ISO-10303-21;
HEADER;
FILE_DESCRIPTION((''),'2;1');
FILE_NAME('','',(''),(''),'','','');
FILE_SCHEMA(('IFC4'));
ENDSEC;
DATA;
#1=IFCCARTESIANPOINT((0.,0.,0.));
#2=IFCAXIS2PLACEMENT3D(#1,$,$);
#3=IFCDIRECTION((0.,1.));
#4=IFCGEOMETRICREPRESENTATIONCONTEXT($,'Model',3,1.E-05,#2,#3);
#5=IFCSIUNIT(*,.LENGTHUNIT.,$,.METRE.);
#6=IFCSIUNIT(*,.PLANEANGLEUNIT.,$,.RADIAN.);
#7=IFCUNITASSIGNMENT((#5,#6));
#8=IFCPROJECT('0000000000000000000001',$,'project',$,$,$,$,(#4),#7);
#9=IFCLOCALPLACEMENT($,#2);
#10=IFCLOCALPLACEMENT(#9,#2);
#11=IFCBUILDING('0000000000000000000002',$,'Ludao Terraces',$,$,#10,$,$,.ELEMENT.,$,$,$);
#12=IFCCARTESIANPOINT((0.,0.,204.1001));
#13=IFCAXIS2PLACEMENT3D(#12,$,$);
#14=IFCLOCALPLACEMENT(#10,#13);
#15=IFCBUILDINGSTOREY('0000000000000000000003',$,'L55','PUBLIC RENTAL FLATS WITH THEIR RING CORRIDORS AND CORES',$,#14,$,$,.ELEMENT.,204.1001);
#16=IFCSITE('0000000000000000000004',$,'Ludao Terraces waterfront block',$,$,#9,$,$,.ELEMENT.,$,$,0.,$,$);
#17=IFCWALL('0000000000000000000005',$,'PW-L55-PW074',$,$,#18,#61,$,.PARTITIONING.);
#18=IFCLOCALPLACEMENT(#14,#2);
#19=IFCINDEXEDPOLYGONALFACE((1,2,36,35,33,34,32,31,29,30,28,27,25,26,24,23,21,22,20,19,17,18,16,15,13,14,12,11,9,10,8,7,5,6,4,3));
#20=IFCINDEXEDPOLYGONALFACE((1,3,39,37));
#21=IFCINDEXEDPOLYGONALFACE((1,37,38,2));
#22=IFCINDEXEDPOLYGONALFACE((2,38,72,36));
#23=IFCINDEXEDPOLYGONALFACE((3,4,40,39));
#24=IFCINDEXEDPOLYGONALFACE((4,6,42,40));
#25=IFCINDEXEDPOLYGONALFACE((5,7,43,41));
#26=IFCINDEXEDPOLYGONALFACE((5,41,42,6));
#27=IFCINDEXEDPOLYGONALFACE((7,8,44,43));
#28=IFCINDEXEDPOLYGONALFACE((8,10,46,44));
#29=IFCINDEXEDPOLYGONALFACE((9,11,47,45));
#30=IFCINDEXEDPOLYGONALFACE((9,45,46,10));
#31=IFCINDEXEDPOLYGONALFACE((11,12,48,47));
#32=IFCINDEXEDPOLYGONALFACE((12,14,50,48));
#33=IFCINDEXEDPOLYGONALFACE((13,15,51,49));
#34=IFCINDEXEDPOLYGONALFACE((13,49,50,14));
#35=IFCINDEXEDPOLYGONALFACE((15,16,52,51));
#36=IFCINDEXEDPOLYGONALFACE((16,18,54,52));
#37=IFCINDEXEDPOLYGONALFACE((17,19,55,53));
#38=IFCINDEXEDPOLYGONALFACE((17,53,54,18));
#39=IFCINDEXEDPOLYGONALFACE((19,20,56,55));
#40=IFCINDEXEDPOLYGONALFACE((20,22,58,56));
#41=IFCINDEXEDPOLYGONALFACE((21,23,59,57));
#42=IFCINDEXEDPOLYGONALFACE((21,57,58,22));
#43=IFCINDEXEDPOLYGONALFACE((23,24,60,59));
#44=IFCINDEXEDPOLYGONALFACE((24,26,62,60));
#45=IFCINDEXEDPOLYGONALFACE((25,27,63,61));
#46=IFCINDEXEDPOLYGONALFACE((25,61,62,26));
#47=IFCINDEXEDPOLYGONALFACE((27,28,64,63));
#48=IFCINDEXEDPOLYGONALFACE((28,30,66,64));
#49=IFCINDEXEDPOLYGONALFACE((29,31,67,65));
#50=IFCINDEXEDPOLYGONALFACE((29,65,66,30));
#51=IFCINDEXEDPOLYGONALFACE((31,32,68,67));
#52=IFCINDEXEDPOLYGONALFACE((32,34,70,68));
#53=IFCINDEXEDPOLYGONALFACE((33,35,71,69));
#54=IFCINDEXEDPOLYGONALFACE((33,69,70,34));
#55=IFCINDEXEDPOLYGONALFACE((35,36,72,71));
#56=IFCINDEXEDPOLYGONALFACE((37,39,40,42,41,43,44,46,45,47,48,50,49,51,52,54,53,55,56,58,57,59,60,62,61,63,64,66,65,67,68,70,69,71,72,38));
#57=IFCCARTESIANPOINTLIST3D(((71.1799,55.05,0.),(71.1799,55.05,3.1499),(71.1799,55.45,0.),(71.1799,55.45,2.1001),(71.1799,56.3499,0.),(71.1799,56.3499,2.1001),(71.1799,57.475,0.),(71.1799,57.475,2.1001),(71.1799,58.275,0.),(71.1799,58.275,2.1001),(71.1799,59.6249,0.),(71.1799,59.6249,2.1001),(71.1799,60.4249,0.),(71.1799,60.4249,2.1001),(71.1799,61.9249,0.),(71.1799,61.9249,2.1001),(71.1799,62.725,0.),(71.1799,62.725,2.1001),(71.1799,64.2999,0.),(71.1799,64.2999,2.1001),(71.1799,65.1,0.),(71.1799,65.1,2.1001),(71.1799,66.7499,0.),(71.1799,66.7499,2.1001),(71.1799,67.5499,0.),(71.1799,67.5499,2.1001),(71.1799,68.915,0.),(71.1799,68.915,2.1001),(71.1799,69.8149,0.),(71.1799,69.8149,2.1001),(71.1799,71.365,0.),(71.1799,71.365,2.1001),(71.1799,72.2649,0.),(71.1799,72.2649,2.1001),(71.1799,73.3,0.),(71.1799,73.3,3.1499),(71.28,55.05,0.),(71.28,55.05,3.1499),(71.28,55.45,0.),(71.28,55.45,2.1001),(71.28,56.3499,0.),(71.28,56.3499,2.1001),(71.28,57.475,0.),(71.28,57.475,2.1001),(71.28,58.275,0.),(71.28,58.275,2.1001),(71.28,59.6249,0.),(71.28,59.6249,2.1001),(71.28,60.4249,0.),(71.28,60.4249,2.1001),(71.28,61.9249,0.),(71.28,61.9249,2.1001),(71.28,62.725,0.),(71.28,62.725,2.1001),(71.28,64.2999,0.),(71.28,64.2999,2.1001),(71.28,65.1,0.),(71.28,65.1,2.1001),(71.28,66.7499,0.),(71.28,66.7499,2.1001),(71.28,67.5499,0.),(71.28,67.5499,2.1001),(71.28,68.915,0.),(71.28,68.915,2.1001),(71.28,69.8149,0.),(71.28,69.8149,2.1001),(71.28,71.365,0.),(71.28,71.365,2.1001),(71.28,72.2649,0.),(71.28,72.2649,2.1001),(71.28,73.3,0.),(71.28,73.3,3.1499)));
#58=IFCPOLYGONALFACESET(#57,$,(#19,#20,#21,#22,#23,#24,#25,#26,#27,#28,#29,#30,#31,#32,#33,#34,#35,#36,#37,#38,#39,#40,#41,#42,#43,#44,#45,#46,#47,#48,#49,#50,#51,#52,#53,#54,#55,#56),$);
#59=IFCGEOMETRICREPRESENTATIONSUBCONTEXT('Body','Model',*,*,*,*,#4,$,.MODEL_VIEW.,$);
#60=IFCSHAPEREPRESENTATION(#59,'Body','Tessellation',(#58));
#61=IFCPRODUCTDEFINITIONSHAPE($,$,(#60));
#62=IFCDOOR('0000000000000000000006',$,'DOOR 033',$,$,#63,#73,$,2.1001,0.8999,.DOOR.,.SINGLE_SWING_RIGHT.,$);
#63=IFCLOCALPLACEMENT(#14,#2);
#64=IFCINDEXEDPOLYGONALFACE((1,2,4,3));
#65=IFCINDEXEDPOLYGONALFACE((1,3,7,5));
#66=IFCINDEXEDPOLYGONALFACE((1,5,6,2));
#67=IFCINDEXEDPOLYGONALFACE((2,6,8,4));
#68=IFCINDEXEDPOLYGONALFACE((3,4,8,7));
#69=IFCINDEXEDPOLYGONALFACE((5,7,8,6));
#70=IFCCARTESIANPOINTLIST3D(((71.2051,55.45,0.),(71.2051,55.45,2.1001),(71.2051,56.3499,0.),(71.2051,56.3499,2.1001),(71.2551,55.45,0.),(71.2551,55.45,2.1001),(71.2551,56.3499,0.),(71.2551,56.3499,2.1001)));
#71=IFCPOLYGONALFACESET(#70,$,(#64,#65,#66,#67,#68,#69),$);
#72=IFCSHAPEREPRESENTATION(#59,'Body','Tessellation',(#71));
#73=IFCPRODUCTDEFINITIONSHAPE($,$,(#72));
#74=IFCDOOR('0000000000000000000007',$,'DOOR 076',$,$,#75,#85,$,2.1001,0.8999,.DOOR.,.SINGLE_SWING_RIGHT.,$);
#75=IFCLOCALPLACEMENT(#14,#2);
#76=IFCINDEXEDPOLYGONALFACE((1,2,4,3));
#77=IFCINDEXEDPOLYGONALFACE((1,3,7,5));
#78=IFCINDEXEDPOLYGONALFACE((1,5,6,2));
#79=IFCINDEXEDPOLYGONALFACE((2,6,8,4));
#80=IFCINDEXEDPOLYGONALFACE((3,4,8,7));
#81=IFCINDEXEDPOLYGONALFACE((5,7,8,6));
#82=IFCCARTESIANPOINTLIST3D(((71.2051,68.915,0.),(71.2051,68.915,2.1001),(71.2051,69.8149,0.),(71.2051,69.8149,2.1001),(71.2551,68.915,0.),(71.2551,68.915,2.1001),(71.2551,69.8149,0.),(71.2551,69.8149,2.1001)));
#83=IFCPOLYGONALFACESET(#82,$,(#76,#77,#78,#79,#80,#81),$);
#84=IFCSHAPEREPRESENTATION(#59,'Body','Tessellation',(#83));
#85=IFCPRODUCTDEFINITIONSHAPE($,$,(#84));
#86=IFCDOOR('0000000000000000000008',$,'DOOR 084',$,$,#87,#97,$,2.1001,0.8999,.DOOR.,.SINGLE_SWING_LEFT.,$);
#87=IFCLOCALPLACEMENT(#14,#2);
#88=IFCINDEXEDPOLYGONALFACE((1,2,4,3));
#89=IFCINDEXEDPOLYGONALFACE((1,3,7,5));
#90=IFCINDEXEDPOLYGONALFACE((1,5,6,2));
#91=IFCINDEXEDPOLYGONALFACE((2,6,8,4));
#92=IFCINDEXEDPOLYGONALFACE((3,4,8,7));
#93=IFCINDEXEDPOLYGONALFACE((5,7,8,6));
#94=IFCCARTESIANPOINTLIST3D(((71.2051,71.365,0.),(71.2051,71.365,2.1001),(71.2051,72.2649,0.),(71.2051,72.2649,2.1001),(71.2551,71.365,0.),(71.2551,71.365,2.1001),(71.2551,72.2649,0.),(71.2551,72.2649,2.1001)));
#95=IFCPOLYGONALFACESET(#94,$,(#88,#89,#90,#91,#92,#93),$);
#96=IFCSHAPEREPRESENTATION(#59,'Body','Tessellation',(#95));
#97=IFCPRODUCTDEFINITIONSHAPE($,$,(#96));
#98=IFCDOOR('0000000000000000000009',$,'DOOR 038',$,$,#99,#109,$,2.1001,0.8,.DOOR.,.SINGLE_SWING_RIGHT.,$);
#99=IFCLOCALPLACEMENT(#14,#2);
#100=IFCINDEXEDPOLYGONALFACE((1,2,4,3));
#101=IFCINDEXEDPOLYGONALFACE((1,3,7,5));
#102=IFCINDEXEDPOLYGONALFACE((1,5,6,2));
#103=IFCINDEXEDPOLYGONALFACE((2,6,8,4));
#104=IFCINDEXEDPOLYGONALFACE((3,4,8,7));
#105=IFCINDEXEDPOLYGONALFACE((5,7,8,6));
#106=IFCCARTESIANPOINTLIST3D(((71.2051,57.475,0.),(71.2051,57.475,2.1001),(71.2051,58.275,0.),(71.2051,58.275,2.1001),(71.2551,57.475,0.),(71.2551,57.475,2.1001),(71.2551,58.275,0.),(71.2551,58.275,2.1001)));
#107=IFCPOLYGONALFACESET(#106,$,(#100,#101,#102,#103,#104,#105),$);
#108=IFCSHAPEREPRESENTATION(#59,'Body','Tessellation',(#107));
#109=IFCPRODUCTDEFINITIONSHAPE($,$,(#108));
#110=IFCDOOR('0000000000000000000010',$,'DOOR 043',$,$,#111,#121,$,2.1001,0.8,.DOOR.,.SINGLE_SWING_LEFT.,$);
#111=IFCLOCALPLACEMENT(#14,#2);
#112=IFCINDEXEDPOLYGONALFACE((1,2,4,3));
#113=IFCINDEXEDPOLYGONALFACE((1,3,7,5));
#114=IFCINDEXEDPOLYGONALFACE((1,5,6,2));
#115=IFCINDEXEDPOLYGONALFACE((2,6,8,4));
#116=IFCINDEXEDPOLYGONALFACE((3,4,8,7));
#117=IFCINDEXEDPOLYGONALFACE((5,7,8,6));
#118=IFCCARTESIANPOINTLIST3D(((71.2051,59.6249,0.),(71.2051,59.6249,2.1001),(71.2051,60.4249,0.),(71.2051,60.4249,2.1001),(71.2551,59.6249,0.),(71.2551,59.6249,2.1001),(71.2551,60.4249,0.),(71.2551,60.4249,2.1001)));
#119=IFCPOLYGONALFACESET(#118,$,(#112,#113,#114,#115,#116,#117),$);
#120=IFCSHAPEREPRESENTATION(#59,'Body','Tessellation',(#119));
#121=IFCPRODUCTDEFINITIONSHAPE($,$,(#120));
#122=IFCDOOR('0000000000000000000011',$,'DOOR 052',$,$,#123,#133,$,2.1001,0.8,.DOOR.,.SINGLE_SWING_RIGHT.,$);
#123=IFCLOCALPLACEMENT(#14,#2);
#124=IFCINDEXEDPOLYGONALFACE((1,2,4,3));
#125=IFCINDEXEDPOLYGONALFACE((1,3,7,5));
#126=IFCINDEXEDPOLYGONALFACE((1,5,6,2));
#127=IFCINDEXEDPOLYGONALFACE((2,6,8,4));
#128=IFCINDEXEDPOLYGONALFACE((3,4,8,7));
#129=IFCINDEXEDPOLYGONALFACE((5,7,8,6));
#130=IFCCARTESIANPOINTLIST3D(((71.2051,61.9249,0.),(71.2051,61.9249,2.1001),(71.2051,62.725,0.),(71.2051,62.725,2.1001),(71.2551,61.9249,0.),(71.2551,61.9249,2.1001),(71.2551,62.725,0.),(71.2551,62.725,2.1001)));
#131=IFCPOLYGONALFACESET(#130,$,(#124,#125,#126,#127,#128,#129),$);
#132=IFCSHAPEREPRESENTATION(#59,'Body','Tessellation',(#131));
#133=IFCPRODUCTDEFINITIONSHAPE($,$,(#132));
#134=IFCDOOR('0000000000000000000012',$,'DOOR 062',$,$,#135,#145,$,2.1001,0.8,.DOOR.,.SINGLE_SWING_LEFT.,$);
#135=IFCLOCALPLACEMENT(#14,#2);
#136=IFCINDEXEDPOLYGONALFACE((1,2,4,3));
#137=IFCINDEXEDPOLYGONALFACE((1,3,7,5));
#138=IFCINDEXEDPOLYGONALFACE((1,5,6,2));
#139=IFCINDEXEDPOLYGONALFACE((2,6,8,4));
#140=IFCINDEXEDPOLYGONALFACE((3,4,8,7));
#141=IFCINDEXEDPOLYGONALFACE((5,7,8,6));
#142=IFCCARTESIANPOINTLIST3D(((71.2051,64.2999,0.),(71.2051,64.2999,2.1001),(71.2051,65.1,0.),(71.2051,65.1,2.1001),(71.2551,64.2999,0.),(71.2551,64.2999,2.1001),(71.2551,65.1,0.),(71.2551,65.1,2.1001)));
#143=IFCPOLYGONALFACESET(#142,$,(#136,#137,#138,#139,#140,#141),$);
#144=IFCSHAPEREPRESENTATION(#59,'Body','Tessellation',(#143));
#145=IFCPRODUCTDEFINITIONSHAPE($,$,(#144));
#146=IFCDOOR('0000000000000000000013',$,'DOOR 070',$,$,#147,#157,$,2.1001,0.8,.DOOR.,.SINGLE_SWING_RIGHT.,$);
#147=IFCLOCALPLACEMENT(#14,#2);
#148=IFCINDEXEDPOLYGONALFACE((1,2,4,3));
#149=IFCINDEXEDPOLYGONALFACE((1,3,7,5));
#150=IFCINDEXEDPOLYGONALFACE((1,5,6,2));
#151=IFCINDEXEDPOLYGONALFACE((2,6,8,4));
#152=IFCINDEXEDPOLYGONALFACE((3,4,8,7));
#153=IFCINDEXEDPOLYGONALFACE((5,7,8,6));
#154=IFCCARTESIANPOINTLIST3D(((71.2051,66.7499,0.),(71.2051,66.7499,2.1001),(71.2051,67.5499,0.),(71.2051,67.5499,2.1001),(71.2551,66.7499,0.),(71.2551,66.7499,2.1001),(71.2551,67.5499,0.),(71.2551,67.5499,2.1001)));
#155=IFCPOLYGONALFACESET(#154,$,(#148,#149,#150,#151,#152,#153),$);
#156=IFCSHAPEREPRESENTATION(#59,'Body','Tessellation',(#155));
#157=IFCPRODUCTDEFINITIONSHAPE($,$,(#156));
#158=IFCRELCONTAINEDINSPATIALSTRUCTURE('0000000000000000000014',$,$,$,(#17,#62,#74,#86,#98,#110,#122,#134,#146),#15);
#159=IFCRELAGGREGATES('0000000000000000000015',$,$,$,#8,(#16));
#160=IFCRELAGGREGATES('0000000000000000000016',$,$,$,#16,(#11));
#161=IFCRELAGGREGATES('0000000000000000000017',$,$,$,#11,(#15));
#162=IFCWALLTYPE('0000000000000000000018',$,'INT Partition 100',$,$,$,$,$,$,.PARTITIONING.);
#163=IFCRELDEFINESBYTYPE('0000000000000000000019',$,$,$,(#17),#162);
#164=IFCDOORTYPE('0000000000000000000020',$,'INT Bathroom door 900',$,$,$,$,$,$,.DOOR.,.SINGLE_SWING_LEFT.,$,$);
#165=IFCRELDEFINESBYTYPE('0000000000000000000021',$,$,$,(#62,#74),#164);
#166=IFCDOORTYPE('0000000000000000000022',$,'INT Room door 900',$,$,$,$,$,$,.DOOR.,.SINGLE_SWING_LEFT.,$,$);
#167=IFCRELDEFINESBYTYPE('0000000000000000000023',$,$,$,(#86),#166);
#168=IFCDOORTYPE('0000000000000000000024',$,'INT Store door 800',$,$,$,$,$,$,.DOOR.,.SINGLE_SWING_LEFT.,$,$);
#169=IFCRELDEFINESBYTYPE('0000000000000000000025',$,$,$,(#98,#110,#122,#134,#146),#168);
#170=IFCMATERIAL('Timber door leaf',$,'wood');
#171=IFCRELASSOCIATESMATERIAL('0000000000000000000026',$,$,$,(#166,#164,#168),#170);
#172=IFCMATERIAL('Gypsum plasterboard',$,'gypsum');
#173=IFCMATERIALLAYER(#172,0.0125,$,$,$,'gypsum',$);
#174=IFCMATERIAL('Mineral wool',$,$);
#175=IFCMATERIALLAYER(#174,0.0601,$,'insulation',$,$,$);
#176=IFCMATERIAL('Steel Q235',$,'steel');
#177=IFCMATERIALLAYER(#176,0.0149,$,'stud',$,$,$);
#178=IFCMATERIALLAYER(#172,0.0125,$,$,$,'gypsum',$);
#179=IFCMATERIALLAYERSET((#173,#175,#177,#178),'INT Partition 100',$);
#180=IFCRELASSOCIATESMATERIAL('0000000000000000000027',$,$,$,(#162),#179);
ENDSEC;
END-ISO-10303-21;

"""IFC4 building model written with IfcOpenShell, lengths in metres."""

from ifc_helpers import new_model, si_unit, direction, frame, frame_2d, origin, place, context, subcontext, project, spatial, rectangle, extrude, material, layer, layer_set, type_object, element, fill, save


model = new_model("IFC4")

# Units and contexts
model_context = context("Model", 3, precision=1e-05, world=origin(), true_north=direction((0.0, 1.0)))
body_context = subcontext(model_context, "Body", "Model", "MODEL_VIEW")
ifc_project = project(units=[si_unit("LENGTHUNIT", "METRE"), si_unit("PLANEANGLEUNIT", "RADIAN")], contexts=[model_context])

# Site, building, storey
site_placement = place(None, origin())
site = spatial("IfcSite", under=ifc_project, at=site_placement, Name="Ludao Terraces waterfront block", CompositionType="ELEMENT", RefElevation=0.0)
building_placement = place(site_placement, origin())
building = spatial("IfcBuilding", under=site, at=building_placement, Name="Ludao Terraces", CompositionType="ELEMENT")
storey_placement = place(building_placement, frame((0.0, 0.0, 204.1001)))
storey = spatial("IfcBuildingStorey", under=building, at=storey_placement, Name="L55", Description="PUBLIC RENTAL FLATS WITH THEIR RING CORRIDORS AND CORES", CompositionType="ELEMENT", Elevation=204.1001)

# Shared definitions
ifc_material_1 = material(Name="Steel Q235", Category="steel")
ifc_material_2 = material(Name="Timber door leaf", Category="wood")
door_type_1 = type_object("IfcDoorType", Name="INT Room door 900", OperationType="SINGLE_SWING_LEFT", PredefinedType="DOOR", material=ifc_material_2)

# Shared definitions
ifc_material_3 = material(Name="Gypsum plasterboard", Category="gypsum")
ifc_layer_1 = layer(ifc_material_3, 0.0125, Category="gypsum")
ifc_material_4 = material(Name="Mineral wool")
ifc_layer_2 = layer(ifc_material_4, 0.0601, Name="insulation")
ifc_layer_3 = layer(ifc_material_1, 0.0149, Name="stud")
ifc_layer_4 = layer(ifc_material_3, 0.0125, Category="gypsum")
ifc_layer_set_1 = layer_set([ifc_layer_1, ifc_layer_2, ifc_layer_3, ifc_layer_4], Name="INT Partition 100")
wall_type_1 = type_object("IfcWallType", Name="INT Partition 100", PredefinedType="PARTITIONING", material=ifc_layer_set_1)

# Wall, openings, doors
wall_1_placement = place(storey_placement, frame((71.23, 55.05, 0.0), z_axis=(0.0, 0.0, 1.0), x_axis=(0.0, 1.0, 0.0)))
wall_1 = element("IfcWall", 1, at=wall_1_placement, inside=storey, type_object=wall_type_1, Name="PW-L55-PW074", PredefinedType="PARTITIONING", context=body_context, shape_type="SweptSolid", body=[
    extrude(rectangle(XDim=18.25, YDim=0.1001, at=frame_2d((9.125, 0.0))), origin(), (0.0, 0.0, 1.0), 3.1499),
])
opening_1_placement = place(wall_1_placement, frame((0.3999, 0.0, 0.0)))
opening_1 = element("IfcOpeningElement", 2, at=opening_1_placement, cuts=wall_1, PredefinedType="OPENING", context=body_context, shape_type="SweptSolid", body=[
    extrude(rectangle(XDim=0.8999, YDim=2.1001, at=frame_2d((0.45, 1.05))), frame((0.0, 0.0601, 0.0), z_axis=(0.0, -1.0, 0.0), x_axis=(1.0, 0.0, 0.0)), (0.0, 0.0, 1.0), 0.1201),
])
opening_2_placement = place(wall_1_placement, frame((2.425, 0.0, 0.0)))
opening_2 = element("IfcOpeningElement", 3, at=opening_2_placement, cuts=wall_1, PredefinedType="OPENING", context=body_context, shape_type="SweptSolid", body=[
    extrude(rectangle(XDim=0.8, YDim=2.1001, at=frame_2d((0.3999, 1.05))), frame((0.0, 0.0601, 0.0), z_axis=(0.0, -1.0, 0.0), x_axis=(1.0, 0.0, 0.0)), (0.0, 0.0, 1.0), 0.1201),
])
opening_3_placement = place(wall_1_placement, frame((4.575, 0.0, 0.0)))
opening_3 = element("IfcOpeningElement", 4, at=opening_3_placement, cuts=wall_1, PredefinedType="OPENING", context=body_context, shape_type="SweptSolid", body=[
    extrude(rectangle(XDim=0.8, YDim=2.1001, at=frame_2d((0.3999, 1.05))), frame((0.0, 0.0601, 0.0), z_axis=(0.0, -1.0, 0.0), x_axis=(1.0, 0.0, 0.0)), (0.0, 0.0, 1.0), 0.1201),
])
opening_4_placement = place(wall_1_placement, frame((6.875, 0.0, 0.0)))
opening_4 = element("IfcOpeningElement", 5, at=opening_4_placement, cuts=wall_1, PredefinedType="OPENING", context=body_context, shape_type="SweptSolid", body=[
    extrude(rectangle(XDim=0.8, YDim=2.1001, at=frame_2d((0.3999, 1.05))), frame((0.0, 0.0601, 0.0), z_axis=(0.0, -1.0, 0.0), x_axis=(1.0, 0.0, 0.0)), (0.0, 0.0, 1.0), 0.1201),
])
opening_5_placement = place(wall_1_placement, frame((9.25, 0.0, 0.0)))
opening_5 = element("IfcOpeningElement", 6, at=opening_5_placement, cuts=wall_1, PredefinedType="OPENING", context=body_context, shape_type="SweptSolid", body=[
    extrude(rectangle(XDim=0.8, YDim=2.1001, at=frame_2d((0.3999, 1.05))), frame((0.0, 0.0601, 0.0), z_axis=(0.0, -1.0, 0.0), x_axis=(1.0, 0.0, 0.0)), (0.0, 0.0, 1.0), 0.1201),
])
opening_6_placement = place(wall_1_placement, frame((11.7, 0.0, 0.0)))
opening_6 = element("IfcOpeningElement", 7, at=opening_6_placement, cuts=wall_1, PredefinedType="OPENING", context=body_context, shape_type="SweptSolid", body=[
    extrude(rectangle(XDim=0.8, YDim=2.1001, at=frame_2d((0.3999, 1.05))), frame((0.0, 0.0601, 0.0), z_axis=(0.0, -1.0, 0.0), x_axis=(1.0, 0.0, 0.0)), (0.0, 0.0, 1.0), 0.1201),
])
opening_7_placement = place(wall_1_placement, frame((13.865, 0.0, 0.0)))
opening_7 = element("IfcOpeningElement", 8, at=opening_7_placement, cuts=wall_1, PredefinedType="OPENING", context=body_context, shape_type="SweptSolid", body=[
    extrude(rectangle(XDim=0.8999, YDim=2.1001, at=frame_2d((0.45, 1.05))), frame((0.0, 0.0601, 0.0), z_axis=(0.0, -1.0, 0.0), x_axis=(1.0, 0.0, 0.0)), (0.0, 0.0, 1.0), 0.1201),
])
opening_8_placement = place(wall_1_placement, frame((16.3149, 0.0, 0.0)))
opening_8 = element("IfcOpeningElement", 9, at=opening_8_placement, cuts=wall_1, PredefinedType="OPENING", context=body_context, shape_type="SweptSolid", body=[
    extrude(rectangle(XDim=0.8999, YDim=2.1001, at=frame_2d((0.45, 1.05))), frame((0.0, 0.0601, 0.0), z_axis=(0.0, -1.0, 0.0), x_axis=(1.0, 0.0, 0.0)), (0.0, 0.0, 1.0), 0.1201),
])
door_type_2 = type_object("IfcDoorType", Name="INT Bathroom door 900", OperationType="SINGLE_SWING_LEFT", PredefinedType="DOOR", material=ifc_material_2)
door_1_placement = place(opening_1_placement, origin())
door_1 = element("IfcDoor", 10, at=door_1_placement, inside=storey, type_object=door_type_2, Name="DOOR 033", OperationType="SINGLE_SWING_RIGHT", OverallHeight=2.1001, OverallWidth=0.8999, PredefinedType="DOOR", context=body_context, shape_type="SweptSolid", body=[
    extrude(rectangle(XDim=0.8999, YDim=2.1001, at=frame_2d((0.45, 1.05))), frame((0.0, 0.0249, 0.0), z_axis=(0.0, -1.0, 0.0), x_axis=(1.0, 0.0, 0.0)), (0.0, 0.0, 1.0), 0.05),
])
fill(opening_1, door_1)
door_2_placement = place(opening_7_placement, origin())
door_2 = element("IfcDoor", 11, at=door_2_placement, inside=storey, type_object=door_type_2, Name="DOOR 076", OperationType="SINGLE_SWING_RIGHT", OverallHeight=2.1001, OverallWidth=0.8999, PredefinedType="DOOR", context=body_context, shape_type="SweptSolid", body=[
    extrude(rectangle(XDim=0.8999, YDim=2.1001, at=frame_2d((0.45, 1.05))), frame((0.0, 0.0249, 0.0), z_axis=(0.0, -1.0, 0.0), x_axis=(1.0, 0.0, 0.0)), (0.0, 0.0, 1.0), 0.05),
])
fill(opening_7, door_2)
door_3_placement = place(opening_8_placement, origin())
door_3 = element("IfcDoor", 12, at=door_3_placement, inside=storey, type_object=door_type_1, Name="DOOR 084", OperationType="SINGLE_SWING_LEFT", OverallHeight=2.1001, OverallWidth=0.8999, PredefinedType="DOOR", context=body_context, shape_type="SweptSolid", body=[
    extrude(rectangle(XDim=0.8999, YDim=2.1001, at=frame_2d((0.45, 1.05))), frame((0.0, 0.0249, 0.0), z_axis=(0.0, -1.0, 0.0), x_axis=(1.0, 0.0, 0.0)), (0.0, 0.0, 1.0), 0.05),
])
fill(opening_8, door_3)
door_type_3 = type_object("IfcDoorType", Name="INT Store door 800", OperationType="SINGLE_SWING_LEFT", PredefinedType="DOOR", material=ifc_material_2)
door_4_placement = place(opening_2_placement, origin())
door_4 = element("IfcDoor", 13, at=door_4_placement, inside=storey, type_object=door_type_3, Name="DOOR 038", OperationType="SINGLE_SWING_RIGHT", OverallHeight=2.1001, OverallWidth=0.8, PredefinedType="DOOR", context=body_context, shape_type="SweptSolid", body=[
    extrude(rectangle(XDim=0.8, YDim=2.1001, at=frame_2d((0.3999, 1.05))), frame((0.0, 0.0249, 0.0), z_axis=(0.0, -1.0, 0.0), x_axis=(1.0, 0.0, 0.0)), (0.0, 0.0, 1.0), 0.05),
])
fill(opening_2, door_4)
door_5_placement = place(opening_3_placement, origin())
door_5 = element("IfcDoor", 14, at=door_5_placement, inside=storey, type_object=door_type_3, Name="DOOR 043", OperationType="SINGLE_SWING_LEFT", OverallHeight=2.1001, OverallWidth=0.8, PredefinedType="DOOR", context=body_context, shape_type="SweptSolid", body=[
    extrude(rectangle(XDim=0.8, YDim=2.1001, at=frame_2d((0.3999, 1.05))), frame((0.0, 0.0249, 0.0), z_axis=(0.0, -1.0, 0.0), x_axis=(1.0, 0.0, 0.0)), (0.0, 0.0, 1.0), 0.05),
])
fill(opening_3, door_5)
door_6_placement = place(opening_4_placement, origin())
door_6 = element("IfcDoor", 15, at=door_6_placement, inside=storey, type_object=door_type_3, Name="DOOR 052", OperationType="SINGLE_SWING_RIGHT", OverallHeight=2.1001, OverallWidth=0.8, PredefinedType="DOOR", context=body_context, shape_type="SweptSolid", body=[
    extrude(rectangle(XDim=0.8, YDim=2.1001, at=frame_2d((0.3999, 1.05))), frame((0.0, 0.0249, 0.0), z_axis=(0.0, -1.0, 0.0), x_axis=(1.0, 0.0, 0.0)), (0.0, 0.0, 1.0), 0.05),
])
fill(opening_4, door_6)
door_7_placement = place(opening_5_placement, origin())
door_7 = element("IfcDoor", 16, at=door_7_placement, inside=storey, type_object=door_type_3, Name="DOOR 062", OperationType="SINGLE_SWING_LEFT", OverallHeight=2.1001, OverallWidth=0.8, PredefinedType="DOOR", context=body_context, shape_type="SweptSolid", body=[
    extrude(rectangle(XDim=0.8, YDim=2.1001, at=frame_2d((0.3999, 1.05))), frame((0.0, 0.0249, 0.0), z_axis=(0.0, -1.0, 0.0), x_axis=(1.0, 0.0, 0.0)), (0.0, 0.0, 1.0), 0.05),
])
fill(opening_5, door_7)
door_8_placement = place(opening_6_placement, origin())
door_8 = element("IfcDoor", 17, at=door_8_placement, inside=storey, type_object=door_type_3, Name="DOOR 070", OperationType="SINGLE_SWING_RIGHT", OverallHeight=2.1001, OverallWidth=0.8, PredefinedType="DOOR", context=body_context, shape_type="SweptSolid", body=[
    extrude(rectangle(XDim=0.8, YDim=2.1001, at=frame_2d((0.3999, 1.05))), frame((0.0, 0.0249, 0.0), z_axis=(0.0, -1.0, 0.0), x_axis=(1.0, 0.0, 0.0)), (0.0, 0.0, 1.0), 0.05),
])
fill(opening_6, door_8)

save(model, "model.ifc")
